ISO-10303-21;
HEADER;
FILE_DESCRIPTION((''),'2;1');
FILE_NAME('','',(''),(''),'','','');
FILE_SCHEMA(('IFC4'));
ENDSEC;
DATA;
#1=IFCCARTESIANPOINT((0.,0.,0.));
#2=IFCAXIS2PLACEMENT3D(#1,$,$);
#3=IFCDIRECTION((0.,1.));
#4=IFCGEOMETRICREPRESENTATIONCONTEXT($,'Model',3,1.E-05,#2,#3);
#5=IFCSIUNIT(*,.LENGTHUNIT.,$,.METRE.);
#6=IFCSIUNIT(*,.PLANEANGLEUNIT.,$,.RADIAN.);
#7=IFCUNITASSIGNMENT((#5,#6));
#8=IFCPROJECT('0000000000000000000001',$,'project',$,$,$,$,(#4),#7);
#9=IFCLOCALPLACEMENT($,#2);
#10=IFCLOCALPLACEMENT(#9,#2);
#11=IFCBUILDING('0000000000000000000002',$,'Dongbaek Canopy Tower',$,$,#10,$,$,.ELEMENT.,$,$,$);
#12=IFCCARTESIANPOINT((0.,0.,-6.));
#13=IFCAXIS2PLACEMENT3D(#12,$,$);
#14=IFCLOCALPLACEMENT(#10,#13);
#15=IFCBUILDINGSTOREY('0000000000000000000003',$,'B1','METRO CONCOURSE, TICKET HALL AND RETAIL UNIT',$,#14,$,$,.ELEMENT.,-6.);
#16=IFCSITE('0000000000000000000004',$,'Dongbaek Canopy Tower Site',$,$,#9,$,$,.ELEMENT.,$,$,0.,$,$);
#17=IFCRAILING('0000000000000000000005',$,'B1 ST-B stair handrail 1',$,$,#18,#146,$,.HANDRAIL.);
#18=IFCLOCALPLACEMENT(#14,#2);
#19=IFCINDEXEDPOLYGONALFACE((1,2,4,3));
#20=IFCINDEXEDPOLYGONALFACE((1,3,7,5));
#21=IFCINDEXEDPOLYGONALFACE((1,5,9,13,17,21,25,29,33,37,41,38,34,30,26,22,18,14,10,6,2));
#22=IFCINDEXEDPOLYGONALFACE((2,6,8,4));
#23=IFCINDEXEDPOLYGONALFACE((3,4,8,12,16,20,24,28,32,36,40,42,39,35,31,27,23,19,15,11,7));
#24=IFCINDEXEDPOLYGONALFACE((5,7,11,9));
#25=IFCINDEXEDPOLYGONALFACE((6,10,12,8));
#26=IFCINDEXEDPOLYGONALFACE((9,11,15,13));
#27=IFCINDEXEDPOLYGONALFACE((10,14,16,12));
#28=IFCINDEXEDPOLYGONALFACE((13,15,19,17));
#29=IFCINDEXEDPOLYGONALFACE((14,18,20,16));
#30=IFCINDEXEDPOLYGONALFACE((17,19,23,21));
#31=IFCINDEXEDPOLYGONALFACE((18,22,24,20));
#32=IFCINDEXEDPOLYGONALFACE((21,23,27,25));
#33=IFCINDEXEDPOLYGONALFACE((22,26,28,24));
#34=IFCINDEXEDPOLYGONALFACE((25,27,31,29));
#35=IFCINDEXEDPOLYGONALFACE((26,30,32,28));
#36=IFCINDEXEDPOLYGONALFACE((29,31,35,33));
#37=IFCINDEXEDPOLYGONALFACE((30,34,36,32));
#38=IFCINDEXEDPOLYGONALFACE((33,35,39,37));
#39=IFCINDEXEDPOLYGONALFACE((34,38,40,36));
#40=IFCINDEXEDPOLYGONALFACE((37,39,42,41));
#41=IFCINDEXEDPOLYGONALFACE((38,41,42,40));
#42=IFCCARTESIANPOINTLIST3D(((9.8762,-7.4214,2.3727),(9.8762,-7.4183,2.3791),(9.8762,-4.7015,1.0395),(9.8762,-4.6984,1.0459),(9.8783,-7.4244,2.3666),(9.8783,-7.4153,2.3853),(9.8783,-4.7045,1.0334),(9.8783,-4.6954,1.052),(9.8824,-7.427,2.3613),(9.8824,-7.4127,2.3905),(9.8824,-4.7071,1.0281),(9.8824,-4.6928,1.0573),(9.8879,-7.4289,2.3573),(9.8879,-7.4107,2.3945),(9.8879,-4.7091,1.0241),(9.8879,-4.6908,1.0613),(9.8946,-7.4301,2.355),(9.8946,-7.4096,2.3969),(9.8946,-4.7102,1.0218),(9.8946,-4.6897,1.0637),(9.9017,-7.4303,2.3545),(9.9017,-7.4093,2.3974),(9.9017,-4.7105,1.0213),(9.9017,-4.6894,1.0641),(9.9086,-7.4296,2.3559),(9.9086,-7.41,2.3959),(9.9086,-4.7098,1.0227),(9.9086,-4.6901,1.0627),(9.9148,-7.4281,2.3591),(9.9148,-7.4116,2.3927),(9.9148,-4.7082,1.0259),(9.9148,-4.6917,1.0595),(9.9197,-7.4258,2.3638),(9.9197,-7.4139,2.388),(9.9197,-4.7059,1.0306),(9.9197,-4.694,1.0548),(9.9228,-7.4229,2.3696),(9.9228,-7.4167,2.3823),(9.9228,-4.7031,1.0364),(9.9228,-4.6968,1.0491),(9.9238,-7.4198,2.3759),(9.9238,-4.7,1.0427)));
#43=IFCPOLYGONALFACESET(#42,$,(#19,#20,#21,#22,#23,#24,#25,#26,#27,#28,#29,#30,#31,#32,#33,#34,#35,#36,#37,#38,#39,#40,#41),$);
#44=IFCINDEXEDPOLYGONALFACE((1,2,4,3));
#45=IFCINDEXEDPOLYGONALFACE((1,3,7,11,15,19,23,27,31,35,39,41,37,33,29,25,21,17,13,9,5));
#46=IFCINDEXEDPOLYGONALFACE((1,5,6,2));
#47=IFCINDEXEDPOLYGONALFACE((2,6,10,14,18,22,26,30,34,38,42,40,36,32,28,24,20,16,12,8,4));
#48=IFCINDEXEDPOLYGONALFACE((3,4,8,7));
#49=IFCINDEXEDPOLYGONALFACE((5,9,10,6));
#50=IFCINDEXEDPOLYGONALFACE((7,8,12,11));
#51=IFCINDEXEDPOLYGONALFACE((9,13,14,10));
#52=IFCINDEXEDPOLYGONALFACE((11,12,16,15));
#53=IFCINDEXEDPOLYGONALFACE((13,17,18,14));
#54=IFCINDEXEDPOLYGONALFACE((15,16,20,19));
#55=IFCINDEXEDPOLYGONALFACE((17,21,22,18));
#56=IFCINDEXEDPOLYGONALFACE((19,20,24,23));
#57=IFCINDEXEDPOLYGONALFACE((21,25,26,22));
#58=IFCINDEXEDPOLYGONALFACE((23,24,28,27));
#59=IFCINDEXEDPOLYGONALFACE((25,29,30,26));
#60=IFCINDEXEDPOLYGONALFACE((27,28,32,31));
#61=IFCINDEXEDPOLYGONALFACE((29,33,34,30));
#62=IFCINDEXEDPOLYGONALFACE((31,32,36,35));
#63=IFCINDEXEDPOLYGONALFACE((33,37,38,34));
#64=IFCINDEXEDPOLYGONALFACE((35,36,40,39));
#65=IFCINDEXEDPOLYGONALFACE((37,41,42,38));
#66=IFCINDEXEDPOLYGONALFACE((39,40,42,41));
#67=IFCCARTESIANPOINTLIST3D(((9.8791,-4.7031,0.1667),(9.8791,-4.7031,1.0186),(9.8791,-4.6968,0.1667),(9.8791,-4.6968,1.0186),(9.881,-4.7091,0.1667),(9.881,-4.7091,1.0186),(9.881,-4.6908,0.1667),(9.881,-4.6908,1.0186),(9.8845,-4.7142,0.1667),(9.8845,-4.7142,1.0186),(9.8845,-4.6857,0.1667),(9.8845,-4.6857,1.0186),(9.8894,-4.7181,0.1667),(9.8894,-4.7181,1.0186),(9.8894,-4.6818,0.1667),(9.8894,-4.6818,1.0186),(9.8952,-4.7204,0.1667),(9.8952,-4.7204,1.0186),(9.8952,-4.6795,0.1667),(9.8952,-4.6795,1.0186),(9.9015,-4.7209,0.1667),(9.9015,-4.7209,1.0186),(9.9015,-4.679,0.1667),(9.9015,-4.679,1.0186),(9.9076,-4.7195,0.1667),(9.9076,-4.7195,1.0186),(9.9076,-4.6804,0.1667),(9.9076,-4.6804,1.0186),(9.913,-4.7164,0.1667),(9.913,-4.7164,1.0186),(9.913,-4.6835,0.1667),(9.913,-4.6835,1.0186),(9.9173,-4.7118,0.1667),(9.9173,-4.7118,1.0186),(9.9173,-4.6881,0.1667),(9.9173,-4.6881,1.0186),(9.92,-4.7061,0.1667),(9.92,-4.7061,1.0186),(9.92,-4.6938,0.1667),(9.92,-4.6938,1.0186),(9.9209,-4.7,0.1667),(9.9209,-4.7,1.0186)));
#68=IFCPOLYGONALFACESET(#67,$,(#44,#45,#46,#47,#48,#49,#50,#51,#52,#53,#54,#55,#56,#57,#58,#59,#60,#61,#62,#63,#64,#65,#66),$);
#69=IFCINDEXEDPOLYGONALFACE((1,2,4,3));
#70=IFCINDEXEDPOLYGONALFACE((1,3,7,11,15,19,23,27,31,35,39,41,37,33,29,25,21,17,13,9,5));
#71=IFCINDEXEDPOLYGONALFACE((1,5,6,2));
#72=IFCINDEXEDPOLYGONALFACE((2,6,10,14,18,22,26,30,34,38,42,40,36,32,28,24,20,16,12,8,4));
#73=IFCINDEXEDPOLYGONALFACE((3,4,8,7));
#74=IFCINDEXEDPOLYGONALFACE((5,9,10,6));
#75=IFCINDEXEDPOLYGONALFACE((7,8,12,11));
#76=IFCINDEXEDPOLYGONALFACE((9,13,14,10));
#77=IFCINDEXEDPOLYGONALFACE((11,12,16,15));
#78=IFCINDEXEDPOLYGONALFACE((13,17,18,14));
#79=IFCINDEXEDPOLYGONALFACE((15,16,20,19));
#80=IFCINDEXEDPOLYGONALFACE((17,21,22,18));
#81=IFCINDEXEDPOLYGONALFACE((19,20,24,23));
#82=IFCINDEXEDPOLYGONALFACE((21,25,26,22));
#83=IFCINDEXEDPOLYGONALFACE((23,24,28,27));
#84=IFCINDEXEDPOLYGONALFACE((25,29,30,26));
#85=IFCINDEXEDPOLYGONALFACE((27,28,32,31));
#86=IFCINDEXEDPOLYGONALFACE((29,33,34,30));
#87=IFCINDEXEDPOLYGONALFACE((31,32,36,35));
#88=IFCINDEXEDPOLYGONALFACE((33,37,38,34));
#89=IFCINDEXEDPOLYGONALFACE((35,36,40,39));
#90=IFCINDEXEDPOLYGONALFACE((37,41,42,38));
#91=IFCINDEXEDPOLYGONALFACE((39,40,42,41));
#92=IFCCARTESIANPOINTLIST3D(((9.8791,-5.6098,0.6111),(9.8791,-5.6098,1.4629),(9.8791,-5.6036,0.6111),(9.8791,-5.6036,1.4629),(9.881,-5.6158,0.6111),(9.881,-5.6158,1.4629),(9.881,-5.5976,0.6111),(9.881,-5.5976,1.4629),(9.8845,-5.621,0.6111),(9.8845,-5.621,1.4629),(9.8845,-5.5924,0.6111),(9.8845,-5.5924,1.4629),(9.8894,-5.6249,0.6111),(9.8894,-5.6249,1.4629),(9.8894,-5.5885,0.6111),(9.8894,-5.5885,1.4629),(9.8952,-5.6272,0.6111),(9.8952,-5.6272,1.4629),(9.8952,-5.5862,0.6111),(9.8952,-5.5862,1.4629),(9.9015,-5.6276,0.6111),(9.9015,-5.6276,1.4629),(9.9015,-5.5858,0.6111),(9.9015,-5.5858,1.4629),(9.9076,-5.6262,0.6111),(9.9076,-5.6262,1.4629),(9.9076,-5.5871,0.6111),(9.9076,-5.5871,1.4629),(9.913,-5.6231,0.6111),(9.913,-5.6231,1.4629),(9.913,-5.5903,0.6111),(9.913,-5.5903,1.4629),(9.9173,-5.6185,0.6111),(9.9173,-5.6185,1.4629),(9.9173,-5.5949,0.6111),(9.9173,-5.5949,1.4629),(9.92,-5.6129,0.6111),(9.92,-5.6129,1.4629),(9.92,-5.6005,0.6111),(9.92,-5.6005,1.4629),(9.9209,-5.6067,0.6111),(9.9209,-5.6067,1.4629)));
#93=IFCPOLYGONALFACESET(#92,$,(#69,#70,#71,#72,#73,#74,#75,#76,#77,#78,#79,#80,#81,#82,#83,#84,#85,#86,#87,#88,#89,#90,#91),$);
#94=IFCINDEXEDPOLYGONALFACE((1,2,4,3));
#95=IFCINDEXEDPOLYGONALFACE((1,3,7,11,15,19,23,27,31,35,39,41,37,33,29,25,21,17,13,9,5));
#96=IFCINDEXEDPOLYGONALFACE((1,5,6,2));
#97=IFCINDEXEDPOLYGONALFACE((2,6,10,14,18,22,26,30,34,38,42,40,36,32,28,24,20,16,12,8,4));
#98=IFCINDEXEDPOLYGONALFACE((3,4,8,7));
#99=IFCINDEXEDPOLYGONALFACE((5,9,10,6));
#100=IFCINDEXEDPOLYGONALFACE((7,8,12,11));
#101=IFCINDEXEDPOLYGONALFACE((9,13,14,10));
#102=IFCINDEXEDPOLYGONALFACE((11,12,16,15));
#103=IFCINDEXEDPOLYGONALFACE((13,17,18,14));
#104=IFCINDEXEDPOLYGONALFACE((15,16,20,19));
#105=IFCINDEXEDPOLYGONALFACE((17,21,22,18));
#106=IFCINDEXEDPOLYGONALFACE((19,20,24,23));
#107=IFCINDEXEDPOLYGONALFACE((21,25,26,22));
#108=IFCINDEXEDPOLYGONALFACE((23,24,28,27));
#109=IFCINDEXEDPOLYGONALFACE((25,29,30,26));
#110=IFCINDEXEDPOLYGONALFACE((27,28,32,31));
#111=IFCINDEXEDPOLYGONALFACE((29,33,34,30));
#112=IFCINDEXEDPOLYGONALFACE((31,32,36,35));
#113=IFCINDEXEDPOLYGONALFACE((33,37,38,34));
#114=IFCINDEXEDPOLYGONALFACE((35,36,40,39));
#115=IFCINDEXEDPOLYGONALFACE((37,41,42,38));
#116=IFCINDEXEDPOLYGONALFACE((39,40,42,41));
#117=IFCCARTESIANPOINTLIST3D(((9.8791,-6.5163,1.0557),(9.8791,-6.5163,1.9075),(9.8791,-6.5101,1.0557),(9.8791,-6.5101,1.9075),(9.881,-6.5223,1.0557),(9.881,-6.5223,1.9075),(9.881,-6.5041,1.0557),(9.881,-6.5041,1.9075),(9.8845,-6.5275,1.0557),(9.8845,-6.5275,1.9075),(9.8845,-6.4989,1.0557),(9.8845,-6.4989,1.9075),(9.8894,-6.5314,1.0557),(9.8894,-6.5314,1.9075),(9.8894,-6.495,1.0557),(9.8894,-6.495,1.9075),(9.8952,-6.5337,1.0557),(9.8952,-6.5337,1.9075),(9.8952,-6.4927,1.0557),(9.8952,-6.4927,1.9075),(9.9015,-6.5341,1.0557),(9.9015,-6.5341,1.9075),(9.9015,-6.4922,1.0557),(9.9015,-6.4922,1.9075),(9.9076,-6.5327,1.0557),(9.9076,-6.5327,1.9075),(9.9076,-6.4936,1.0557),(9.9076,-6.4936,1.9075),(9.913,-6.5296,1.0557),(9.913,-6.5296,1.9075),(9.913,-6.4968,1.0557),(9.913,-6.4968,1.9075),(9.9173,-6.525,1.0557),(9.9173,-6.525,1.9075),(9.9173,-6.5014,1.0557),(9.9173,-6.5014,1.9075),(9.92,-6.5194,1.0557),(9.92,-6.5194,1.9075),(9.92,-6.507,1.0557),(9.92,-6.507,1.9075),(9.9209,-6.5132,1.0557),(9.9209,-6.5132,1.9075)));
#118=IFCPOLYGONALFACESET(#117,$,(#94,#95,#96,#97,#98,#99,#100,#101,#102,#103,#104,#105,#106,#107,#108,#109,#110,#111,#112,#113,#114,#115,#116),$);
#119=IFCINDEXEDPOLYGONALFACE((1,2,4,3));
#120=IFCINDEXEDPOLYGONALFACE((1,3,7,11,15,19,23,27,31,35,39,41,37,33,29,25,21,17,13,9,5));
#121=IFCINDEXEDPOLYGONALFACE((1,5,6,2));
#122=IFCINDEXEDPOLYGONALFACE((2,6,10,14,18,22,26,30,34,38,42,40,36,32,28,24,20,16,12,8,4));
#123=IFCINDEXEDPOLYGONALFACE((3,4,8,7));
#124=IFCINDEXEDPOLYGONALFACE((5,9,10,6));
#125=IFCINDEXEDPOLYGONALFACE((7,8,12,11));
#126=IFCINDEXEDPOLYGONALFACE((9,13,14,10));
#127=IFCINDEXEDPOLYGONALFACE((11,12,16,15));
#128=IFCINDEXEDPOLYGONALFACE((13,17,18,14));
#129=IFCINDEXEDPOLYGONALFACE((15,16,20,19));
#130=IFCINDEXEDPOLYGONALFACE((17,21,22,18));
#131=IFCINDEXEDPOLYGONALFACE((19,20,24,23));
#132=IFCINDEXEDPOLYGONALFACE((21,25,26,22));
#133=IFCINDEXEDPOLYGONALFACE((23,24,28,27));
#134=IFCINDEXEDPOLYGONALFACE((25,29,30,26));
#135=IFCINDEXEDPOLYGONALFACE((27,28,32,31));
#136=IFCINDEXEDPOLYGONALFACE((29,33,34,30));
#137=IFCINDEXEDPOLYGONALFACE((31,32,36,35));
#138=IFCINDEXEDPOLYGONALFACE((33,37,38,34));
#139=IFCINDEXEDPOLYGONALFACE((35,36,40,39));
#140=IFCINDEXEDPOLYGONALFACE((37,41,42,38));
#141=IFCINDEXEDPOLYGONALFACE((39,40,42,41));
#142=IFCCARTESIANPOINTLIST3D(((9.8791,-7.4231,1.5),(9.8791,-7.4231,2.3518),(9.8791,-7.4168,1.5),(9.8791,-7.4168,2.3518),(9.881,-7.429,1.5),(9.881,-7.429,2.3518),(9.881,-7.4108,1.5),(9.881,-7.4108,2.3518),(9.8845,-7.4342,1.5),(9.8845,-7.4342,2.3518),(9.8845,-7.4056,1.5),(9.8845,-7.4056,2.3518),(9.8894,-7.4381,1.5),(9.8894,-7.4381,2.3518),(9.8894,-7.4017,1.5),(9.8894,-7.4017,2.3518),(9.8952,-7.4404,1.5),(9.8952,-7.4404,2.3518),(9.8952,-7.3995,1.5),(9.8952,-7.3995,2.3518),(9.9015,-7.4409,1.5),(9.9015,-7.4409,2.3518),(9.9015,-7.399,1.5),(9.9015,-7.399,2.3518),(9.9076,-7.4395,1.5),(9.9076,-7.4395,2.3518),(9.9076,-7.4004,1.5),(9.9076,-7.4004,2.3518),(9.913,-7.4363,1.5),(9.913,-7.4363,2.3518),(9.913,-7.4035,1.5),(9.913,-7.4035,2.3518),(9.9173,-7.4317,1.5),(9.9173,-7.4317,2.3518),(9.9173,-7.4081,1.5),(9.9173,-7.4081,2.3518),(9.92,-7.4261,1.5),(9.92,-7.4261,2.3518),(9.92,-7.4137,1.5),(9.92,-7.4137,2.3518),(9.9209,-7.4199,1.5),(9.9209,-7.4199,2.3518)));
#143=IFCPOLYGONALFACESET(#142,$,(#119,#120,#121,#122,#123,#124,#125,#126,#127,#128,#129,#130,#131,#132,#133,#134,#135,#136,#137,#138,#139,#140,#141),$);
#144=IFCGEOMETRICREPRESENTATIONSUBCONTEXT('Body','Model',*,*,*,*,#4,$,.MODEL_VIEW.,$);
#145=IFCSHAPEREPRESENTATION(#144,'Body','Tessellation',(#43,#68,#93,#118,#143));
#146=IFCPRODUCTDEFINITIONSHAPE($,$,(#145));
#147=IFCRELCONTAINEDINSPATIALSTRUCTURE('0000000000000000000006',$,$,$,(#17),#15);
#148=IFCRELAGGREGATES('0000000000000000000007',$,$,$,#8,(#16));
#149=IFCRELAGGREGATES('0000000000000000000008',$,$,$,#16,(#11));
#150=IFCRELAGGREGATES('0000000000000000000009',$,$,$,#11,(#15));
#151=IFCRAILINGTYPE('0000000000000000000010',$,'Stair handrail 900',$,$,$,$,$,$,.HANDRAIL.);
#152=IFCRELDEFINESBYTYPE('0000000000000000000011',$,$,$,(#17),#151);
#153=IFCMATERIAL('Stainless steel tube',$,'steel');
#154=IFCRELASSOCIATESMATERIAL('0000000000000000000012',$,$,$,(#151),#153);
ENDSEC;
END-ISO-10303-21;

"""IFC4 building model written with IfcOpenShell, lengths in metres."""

from ifc_helpers import new_model, si_unit, direction, frame, origin, origin_2d, place, context, subcontext, project, spatial, circle, extrude, material, type_object, element, save


model = new_model("IFC4")

# Units and contexts
model_context = context("Model", 3, precision=1e-05, world=origin(), true_north=direction((0.0, 1.0)))
body_context = subcontext(model_context, "Body", "Model", "MODEL_VIEW")
ifc_project = project(units=[si_unit("LENGTHUNIT", "METRE"), si_unit("PLANEANGLEUNIT", "RADIAN")], contexts=[model_context])

# Site, building, storey
site_placement = place(None, origin())
site = spatial("IfcSite", under=ifc_project, at=site_placement, Name="Dongbaek Canopy Tower Site", CompositionType="ELEMENT", RefElevation=0.0)
building_placement = place(site_placement, origin())
building = spatial("IfcBuilding", under=site, at=building_placement, Name="Dongbaek Canopy Tower", CompositionType="ELEMENT")
storey_placement = place(building_placement, frame((0.0, 0.0, -6.0)))
storey = spatial("IfcBuildingStorey", under=building, at=storey_placement, Name="B1", Description="METRO CONCOURSE, TICKET HALL AND RETAIL UNIT", CompositionType="ELEMENT", Elevation=-6.0)

# Railing
ifc_material_1 = material(Name="Stainless steel tube", Category="steel")
railing_type_1 = type_object("IfcRailingType", Name="Stair handrail 900", PredefinedType="HANDRAIL", material=ifc_material_1)
railing_placement = place(storey_placement, frame((9.8999, -4.7, 0.1667)))
element("IfcRailing", 1, at=railing_placement, inside=storey, type_object=railing_type_1, Name="B1 ST-B stair handrail 1", PredefinedType="HANDRAIL", context=body_context, shape_type="SweptSolid", body=[
    extrude(circle(Radius=0.0239, at=origin_2d()), frame((0.0, 0.0, 0.876), z_axis=(0.0, -0.897929, 0.440139), x_axis=(1.0, 0.0, 0.0)), (0.0, 0.0, 1.0), 3.0291),
    extrude(circle(Radius=0.021, at=origin_2d()), origin(), (0.0, 0.0, 1.0), 0.8518),
    extrude(circle(Radius=0.021, at=origin_2d()), frame((0.0, -0.9067, 0.4443)), (0.0, 0.0, 1.0), 0.8518),
    extrude(circle(Radius=0.021, at=origin_2d()), frame((0.0, -1.8132, 0.8889)), (0.0, 0.0, 1.0), 0.8518),
    extrude(circle(Radius=0.021, at=origin_2d()), frame((0.0, -2.72, 1.3333)), (0.0, 0.0, 1.0), 0.8518),
])

save(model, "model.ifc")
